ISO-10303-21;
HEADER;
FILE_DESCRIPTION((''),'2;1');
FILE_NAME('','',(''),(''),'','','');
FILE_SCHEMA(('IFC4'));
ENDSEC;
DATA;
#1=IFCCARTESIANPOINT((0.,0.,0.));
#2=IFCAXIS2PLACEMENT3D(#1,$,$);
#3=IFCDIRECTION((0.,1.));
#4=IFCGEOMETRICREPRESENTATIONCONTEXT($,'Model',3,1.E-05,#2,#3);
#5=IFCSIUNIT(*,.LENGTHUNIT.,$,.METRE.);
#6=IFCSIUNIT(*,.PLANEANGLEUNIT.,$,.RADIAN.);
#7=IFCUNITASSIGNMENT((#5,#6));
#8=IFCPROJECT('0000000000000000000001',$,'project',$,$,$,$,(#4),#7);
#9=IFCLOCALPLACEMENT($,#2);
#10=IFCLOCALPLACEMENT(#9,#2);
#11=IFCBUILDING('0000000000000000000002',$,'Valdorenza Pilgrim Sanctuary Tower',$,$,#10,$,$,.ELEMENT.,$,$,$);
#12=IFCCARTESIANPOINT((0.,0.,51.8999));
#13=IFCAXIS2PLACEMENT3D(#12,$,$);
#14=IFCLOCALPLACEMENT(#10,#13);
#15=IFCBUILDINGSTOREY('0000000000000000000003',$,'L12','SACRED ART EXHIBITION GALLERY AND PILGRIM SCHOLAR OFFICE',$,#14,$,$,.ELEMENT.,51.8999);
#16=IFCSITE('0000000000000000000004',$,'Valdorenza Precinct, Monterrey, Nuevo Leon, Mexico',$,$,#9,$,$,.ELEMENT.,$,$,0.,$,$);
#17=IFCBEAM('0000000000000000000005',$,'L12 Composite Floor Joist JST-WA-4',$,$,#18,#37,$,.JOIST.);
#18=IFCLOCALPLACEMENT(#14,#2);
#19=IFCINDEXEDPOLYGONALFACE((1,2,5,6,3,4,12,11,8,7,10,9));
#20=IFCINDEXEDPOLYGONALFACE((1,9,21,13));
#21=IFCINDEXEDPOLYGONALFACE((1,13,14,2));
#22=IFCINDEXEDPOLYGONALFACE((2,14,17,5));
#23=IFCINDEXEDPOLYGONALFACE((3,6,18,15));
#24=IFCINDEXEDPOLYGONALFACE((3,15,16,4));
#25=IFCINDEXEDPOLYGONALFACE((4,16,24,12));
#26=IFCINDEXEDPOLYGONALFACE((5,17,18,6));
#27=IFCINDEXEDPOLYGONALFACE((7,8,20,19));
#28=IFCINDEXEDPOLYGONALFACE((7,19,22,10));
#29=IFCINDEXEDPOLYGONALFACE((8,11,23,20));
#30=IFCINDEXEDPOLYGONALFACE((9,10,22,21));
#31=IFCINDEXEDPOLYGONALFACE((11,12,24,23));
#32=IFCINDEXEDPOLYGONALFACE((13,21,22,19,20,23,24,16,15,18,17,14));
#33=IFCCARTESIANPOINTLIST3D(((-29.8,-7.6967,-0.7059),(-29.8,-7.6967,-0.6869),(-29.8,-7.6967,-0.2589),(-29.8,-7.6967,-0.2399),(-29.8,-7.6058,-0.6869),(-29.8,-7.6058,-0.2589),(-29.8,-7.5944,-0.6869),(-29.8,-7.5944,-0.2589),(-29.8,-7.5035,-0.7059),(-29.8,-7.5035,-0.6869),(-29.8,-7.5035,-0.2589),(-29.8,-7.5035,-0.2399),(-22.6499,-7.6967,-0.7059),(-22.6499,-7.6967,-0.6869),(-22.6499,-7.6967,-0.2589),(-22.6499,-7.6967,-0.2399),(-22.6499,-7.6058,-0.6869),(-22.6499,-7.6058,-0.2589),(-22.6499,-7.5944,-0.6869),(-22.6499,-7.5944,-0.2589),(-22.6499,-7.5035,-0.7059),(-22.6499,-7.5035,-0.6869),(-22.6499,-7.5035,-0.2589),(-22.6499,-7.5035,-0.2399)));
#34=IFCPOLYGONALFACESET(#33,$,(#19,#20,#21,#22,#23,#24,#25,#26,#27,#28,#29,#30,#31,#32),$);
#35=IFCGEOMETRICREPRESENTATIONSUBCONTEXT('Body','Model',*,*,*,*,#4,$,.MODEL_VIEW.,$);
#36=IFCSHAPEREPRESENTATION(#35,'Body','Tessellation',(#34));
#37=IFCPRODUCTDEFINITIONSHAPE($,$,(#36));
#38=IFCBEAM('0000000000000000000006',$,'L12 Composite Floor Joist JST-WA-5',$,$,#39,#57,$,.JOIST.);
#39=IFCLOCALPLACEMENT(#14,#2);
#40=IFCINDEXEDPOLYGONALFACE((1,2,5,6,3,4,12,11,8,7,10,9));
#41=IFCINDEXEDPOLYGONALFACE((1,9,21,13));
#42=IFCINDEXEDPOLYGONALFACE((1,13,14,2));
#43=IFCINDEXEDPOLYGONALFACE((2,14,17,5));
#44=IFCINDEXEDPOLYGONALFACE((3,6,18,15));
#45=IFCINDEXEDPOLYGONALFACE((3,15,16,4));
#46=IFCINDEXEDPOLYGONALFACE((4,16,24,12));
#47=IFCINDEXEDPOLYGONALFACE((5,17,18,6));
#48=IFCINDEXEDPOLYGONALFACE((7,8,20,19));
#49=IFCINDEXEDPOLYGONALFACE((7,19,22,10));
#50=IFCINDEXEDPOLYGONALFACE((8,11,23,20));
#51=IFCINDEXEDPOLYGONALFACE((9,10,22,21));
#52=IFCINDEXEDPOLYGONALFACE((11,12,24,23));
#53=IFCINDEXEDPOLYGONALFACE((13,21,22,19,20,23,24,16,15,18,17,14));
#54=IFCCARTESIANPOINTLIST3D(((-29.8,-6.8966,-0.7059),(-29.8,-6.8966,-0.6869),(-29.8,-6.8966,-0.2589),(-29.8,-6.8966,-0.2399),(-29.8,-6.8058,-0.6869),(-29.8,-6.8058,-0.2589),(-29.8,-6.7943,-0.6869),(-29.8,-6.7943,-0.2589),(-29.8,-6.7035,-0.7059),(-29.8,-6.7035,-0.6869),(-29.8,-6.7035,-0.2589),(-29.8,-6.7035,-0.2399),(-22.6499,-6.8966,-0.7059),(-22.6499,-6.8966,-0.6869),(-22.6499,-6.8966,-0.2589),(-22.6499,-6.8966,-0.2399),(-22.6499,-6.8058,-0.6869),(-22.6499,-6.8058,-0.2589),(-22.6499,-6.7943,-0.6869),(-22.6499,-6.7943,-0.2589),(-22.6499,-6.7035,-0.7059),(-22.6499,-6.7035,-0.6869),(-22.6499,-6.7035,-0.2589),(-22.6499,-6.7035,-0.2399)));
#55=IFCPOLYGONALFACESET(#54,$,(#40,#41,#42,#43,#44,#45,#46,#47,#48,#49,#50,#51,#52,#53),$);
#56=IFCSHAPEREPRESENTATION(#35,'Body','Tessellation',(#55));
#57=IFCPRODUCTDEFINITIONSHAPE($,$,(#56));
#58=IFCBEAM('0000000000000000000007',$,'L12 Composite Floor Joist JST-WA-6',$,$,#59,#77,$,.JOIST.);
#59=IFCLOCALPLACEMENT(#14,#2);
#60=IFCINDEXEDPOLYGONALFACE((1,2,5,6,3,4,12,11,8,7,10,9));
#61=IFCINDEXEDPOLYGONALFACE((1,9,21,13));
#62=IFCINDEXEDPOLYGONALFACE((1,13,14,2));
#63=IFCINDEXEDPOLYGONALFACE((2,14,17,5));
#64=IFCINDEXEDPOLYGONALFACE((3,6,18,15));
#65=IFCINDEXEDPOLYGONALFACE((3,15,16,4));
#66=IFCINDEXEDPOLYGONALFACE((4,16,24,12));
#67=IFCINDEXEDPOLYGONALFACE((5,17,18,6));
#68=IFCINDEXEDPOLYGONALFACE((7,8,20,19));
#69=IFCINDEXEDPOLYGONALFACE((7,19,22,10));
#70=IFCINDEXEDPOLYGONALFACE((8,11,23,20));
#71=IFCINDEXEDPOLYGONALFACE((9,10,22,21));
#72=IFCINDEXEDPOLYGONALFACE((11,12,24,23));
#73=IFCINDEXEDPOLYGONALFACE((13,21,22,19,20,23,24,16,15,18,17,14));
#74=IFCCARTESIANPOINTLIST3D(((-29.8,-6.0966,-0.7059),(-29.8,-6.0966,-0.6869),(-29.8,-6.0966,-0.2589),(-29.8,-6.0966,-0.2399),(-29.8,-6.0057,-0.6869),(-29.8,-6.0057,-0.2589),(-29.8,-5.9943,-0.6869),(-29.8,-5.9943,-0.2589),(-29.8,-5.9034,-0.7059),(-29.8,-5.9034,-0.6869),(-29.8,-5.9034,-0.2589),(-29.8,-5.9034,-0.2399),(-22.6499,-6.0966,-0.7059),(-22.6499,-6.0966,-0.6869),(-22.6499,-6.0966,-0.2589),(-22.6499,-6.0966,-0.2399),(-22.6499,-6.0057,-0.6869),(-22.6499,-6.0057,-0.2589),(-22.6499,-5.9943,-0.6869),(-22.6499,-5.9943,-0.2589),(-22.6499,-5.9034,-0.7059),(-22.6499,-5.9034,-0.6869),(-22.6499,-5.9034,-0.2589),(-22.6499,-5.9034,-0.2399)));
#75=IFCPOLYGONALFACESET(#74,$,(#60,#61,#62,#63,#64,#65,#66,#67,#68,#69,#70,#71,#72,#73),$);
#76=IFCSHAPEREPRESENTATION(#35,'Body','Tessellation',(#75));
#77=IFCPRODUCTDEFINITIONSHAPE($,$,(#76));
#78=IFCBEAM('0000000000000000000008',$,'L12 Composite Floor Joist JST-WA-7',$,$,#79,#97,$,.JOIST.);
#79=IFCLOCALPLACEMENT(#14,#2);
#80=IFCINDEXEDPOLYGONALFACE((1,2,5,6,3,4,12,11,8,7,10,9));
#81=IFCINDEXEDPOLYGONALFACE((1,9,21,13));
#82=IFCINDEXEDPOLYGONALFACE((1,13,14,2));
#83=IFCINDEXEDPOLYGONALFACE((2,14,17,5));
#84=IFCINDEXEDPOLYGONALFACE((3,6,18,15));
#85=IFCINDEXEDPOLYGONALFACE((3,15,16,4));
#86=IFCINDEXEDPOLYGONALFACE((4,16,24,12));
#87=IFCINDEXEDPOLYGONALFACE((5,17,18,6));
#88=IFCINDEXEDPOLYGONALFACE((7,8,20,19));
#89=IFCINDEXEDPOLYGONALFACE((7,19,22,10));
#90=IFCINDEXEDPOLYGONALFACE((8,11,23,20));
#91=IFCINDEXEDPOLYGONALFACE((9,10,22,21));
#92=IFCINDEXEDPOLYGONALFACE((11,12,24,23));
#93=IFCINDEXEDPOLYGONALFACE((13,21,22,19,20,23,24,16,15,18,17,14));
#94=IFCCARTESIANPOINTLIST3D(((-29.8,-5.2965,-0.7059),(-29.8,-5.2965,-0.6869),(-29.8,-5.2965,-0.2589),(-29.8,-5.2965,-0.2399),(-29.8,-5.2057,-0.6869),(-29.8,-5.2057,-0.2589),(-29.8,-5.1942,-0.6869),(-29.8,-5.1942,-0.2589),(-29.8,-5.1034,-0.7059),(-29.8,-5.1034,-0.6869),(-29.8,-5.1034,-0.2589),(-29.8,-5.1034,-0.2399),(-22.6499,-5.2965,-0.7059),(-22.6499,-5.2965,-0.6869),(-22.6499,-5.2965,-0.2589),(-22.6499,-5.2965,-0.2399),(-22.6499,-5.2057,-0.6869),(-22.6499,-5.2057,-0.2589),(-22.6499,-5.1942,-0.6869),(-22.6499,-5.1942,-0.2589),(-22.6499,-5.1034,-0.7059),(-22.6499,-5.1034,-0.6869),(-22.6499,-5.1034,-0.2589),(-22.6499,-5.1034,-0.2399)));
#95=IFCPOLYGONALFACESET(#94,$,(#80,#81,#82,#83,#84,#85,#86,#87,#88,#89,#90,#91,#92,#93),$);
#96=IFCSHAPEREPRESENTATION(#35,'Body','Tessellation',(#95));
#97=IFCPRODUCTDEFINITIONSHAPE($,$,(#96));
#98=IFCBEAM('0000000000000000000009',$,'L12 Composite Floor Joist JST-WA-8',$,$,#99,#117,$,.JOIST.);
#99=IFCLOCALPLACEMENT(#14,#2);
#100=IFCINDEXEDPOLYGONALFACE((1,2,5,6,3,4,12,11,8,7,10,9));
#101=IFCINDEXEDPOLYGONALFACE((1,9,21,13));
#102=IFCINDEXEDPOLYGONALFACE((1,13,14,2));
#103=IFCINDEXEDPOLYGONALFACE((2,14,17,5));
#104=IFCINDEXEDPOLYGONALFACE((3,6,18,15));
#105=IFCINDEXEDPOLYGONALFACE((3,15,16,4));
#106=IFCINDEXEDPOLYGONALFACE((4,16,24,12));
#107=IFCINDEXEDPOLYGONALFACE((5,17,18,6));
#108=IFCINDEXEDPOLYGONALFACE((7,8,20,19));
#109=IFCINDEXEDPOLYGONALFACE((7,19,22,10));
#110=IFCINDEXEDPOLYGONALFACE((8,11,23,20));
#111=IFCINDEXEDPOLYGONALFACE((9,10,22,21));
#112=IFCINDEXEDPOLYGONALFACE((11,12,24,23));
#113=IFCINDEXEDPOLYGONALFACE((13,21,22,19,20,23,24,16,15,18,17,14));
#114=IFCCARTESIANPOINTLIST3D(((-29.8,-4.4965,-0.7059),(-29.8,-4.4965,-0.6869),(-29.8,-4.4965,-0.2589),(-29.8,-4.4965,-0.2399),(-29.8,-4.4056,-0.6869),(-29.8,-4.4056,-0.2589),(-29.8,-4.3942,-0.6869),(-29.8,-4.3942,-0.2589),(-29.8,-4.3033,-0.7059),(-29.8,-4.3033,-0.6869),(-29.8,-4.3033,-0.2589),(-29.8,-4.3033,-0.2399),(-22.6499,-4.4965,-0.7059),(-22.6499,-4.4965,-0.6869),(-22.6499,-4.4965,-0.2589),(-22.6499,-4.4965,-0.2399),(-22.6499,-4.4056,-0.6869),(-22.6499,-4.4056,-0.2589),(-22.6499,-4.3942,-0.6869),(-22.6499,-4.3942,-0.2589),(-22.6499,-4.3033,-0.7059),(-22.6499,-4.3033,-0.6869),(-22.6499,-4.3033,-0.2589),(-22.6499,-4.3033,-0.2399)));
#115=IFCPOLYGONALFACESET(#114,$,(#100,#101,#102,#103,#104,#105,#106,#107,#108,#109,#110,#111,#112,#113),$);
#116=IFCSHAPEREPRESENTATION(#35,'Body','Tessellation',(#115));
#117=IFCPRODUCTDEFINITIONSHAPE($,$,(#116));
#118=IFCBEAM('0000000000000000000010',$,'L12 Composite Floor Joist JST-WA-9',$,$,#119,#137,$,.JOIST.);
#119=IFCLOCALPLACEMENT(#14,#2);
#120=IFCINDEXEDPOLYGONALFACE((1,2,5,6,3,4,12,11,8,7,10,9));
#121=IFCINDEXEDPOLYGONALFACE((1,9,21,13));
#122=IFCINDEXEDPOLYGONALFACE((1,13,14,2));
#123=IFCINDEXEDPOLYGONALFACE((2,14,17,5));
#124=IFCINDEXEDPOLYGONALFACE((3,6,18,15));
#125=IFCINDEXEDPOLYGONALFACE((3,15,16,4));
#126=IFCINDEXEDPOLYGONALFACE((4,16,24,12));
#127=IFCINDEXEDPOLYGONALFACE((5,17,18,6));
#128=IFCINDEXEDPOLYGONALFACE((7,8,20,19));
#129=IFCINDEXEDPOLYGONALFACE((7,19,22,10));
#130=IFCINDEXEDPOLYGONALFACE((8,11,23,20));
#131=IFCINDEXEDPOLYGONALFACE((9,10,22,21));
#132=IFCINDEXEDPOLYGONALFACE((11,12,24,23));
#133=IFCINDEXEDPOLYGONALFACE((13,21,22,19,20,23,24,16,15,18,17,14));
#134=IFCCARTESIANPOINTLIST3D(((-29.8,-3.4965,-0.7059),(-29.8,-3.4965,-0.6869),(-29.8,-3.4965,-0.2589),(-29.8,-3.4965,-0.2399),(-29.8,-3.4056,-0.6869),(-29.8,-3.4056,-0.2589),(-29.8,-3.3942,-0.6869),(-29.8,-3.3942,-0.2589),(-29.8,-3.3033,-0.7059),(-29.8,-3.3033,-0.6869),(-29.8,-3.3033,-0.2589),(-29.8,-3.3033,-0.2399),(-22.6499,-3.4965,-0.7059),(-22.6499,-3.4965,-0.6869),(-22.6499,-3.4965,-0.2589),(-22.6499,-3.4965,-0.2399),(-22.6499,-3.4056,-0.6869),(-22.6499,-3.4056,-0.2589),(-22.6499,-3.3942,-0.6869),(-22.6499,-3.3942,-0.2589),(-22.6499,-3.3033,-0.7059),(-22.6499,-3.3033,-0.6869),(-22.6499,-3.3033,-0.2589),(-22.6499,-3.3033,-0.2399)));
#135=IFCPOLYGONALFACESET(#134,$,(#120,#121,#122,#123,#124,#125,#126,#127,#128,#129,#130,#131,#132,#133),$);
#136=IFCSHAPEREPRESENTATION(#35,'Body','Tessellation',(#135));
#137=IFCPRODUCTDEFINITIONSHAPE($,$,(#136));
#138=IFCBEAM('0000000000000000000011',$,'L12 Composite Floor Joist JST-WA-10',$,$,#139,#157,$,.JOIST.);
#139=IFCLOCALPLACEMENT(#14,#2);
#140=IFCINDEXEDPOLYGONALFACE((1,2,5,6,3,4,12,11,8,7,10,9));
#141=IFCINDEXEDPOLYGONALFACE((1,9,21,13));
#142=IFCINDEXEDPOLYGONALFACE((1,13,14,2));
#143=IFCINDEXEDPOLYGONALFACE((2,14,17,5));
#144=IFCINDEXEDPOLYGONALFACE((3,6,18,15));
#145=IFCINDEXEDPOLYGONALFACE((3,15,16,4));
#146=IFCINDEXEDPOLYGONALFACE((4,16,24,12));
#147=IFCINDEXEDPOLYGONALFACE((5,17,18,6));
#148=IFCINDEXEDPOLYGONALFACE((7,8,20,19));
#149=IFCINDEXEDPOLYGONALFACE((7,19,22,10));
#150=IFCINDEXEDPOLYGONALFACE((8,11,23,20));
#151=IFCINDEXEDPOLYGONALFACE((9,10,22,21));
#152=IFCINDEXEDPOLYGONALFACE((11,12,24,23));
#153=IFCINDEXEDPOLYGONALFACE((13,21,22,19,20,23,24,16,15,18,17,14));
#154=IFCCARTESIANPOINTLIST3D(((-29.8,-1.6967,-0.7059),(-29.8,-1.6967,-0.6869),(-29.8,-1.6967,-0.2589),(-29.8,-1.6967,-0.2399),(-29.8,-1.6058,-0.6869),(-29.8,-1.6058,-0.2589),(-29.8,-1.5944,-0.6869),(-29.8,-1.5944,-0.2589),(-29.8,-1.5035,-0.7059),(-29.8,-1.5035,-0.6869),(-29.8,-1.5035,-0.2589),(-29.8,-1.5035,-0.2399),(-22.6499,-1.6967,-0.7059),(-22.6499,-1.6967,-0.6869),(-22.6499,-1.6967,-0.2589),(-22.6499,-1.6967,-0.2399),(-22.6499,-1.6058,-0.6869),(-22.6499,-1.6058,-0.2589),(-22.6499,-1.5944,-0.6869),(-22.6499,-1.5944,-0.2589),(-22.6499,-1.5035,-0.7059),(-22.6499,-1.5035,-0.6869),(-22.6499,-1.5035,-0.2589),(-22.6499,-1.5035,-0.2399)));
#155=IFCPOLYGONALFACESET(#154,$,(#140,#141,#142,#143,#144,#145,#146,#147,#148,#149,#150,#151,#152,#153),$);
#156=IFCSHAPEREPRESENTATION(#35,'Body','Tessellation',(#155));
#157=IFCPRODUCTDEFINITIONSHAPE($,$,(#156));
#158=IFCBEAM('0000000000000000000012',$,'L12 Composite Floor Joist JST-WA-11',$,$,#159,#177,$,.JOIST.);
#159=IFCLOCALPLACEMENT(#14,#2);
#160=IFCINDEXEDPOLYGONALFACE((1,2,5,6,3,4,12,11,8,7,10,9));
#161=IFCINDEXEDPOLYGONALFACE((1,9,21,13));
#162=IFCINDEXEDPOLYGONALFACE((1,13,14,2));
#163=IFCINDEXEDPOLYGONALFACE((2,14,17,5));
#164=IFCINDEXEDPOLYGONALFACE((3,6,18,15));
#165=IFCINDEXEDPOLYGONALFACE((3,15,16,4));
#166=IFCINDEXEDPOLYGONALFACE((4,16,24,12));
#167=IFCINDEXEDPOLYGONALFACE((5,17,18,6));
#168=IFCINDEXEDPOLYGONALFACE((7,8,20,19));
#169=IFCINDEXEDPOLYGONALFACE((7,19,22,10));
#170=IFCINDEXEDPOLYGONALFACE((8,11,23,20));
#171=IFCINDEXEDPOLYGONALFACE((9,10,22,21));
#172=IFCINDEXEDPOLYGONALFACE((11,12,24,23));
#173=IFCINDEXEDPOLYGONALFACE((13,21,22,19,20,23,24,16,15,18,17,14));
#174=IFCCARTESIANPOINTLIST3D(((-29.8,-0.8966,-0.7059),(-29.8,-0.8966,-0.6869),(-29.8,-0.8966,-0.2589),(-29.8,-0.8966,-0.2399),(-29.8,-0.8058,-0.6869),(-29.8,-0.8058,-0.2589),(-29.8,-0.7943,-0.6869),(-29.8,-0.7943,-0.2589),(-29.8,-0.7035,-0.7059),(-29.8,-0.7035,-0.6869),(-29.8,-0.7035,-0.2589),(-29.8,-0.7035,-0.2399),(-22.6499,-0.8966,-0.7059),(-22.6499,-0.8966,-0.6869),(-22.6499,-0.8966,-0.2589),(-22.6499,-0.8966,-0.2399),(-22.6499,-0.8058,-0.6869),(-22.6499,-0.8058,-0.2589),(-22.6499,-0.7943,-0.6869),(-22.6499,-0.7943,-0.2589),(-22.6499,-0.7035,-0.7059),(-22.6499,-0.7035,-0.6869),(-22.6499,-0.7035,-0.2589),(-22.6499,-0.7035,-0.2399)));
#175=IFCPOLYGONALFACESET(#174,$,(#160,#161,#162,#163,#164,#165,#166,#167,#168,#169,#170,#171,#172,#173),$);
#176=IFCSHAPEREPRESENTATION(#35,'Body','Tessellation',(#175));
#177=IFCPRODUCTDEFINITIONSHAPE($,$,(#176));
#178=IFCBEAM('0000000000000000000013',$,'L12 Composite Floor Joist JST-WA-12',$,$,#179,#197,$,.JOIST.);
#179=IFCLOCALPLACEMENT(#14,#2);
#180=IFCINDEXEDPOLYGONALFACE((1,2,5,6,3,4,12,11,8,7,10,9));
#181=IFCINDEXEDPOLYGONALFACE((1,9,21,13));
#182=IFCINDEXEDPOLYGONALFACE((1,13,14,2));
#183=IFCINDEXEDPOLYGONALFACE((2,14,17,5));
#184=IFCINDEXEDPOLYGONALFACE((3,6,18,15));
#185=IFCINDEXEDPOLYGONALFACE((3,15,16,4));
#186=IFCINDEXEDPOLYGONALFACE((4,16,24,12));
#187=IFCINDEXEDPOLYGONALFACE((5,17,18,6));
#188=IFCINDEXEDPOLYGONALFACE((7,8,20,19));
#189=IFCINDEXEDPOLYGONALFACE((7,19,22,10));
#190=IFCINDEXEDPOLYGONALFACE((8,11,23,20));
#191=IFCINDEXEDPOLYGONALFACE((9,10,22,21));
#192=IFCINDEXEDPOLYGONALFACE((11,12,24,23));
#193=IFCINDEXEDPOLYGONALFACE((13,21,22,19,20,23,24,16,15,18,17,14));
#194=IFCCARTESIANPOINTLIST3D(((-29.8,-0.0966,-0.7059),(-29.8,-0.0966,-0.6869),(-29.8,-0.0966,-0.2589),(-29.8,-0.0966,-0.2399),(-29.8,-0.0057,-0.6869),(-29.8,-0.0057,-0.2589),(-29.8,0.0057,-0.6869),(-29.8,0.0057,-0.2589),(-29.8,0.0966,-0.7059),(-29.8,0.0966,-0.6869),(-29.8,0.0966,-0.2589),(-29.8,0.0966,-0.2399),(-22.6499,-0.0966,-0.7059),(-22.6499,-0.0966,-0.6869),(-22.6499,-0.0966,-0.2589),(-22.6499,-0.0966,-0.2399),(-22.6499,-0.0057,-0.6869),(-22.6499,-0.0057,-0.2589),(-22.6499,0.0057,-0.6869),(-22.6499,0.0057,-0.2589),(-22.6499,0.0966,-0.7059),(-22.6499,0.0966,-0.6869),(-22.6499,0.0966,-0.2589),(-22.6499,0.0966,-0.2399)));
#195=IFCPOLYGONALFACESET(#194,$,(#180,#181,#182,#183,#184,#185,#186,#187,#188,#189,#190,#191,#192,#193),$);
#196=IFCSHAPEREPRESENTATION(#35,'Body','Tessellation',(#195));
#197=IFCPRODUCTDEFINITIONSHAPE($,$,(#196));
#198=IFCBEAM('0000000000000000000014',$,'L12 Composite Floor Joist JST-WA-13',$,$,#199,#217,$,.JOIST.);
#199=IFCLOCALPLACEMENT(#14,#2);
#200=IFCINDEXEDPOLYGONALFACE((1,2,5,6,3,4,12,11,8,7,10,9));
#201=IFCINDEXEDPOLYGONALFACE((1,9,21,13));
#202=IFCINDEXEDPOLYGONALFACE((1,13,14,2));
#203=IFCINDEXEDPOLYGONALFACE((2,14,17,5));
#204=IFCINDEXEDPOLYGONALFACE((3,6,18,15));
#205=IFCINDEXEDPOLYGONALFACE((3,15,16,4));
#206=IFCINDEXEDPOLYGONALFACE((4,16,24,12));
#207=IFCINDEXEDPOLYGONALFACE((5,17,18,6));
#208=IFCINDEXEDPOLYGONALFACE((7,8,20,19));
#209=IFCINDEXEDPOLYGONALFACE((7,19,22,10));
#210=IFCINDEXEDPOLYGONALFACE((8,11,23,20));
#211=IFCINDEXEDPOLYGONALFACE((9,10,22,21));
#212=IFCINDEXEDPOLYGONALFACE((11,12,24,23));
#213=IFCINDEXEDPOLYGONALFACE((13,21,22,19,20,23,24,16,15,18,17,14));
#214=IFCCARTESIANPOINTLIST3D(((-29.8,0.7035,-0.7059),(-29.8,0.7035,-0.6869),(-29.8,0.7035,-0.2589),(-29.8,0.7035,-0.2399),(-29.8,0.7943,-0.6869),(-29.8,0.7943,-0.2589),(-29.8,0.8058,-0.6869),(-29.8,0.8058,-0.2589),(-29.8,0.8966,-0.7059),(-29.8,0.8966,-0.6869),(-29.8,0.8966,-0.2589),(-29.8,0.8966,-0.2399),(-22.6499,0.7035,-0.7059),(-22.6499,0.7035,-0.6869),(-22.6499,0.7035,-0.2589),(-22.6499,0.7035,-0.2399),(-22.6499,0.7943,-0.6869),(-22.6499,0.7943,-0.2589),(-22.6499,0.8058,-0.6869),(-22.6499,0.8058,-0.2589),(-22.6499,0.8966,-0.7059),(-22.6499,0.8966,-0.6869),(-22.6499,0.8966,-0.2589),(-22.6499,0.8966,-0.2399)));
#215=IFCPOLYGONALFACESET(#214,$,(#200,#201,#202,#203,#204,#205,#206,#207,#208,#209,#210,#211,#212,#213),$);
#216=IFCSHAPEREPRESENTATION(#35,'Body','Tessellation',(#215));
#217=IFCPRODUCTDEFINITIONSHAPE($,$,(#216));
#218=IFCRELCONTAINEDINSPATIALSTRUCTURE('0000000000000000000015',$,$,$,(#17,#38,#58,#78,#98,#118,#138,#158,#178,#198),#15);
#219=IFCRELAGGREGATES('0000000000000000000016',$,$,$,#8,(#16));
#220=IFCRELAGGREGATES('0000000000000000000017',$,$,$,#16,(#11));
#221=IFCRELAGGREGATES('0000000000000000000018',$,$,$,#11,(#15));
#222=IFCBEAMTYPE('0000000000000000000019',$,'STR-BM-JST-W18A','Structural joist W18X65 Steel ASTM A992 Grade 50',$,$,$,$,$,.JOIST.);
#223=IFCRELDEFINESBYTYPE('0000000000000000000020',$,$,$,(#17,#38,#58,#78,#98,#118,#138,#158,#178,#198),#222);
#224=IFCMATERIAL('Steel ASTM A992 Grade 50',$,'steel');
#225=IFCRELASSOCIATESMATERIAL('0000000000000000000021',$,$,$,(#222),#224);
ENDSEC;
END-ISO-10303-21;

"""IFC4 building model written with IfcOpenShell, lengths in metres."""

from ifc_helpers import new_model, si_unit, direction, frame, origin, origin_2d, place, context, subcontext, project, spatial, i_section, extrude, source, transform, mapped, material, material_profile, profile_set, type_object, element, save


model = new_model("IFC4")

# Units and contexts
model_context = context("Model", 3, precision=1e-05, world=origin(), true_north=direction((0.0, 1.0)))
body_context = subcontext(model_context, "Body", "Model", "MODEL_VIEW")
ifc_project = project(units=[si_unit("LENGTHUNIT", "METRE"), si_unit("PLANEANGLEUNIT", "RADIAN")], contexts=[model_context])

# Site, building, storey
site_placement = place(None, origin())
site = spatial("IfcSite", under=ifc_project, at=site_placement, Name="Valdorenza Precinct, Monterrey, Nuevo Leon, Mexico", CompositionType="ELEMENT", RefElevation=0.0)
building_placement = place(site_placement, origin())
building = spatial("IfcBuilding", under=site, at=building_placement, Name="Valdorenza Pilgrim Sanctuary Tower", CompositionType="ELEMENT")
storey_placement = place(building_placement, frame((0.0, 0.0, 51.8999)))
storey = spatial("IfcBuildingStorey", under=building, at=storey_placement, Name="L12", Description="SACRED ART EXHIBITION GALLERY AND PILGRIM SCHOLAR OFFICE", CompositionType="ELEMENT", Elevation=51.8999)

# Beams
ifc_material_1 = material(Name="Steel ASTM A992 Grade 50", Category="steel")
ifc_material_profile_1 = material_profile(ifc_material_1, i_section(OverallWidth=0.1931, OverallDepth=0.4661, WebThickness=0.0115, FlangeThickness=0.019, at=origin_2d()), Name="W18X65")
ifc_profile_set_1 = profile_set([ifc_material_profile_1], Name="Steel ASTM A992 Grade 50")
beam_type_1 = type_object("IfcBeamType", Name="STR-BM-JST-W18A", Description="Structural joist W18X65 Steel ASTM A992 Grade 50", PredefinedType="JOIST", material=ifc_profile_set_1)
shared_shape_1 = source(origin(), body_context, "Body", "SweptSolid", [
    extrude(i_section(OverallWidth=0.1931, OverallDepth=0.4661, WebThickness=0.0115, FlangeThickness=0.019, at=origin_2d()), origin(), (0.0, 0.0, 1.0), 7.1501),
])
for number, where, z_axis, x_axis, name in (
    (1, (-29.8, -7.6001, -0.4729), (1.0, 0.0, 0.0), (0.0, 1.0, 0.0), "L12 Composite Floor Joist JST-WA-4"),
    (2, (-29.8, -6.8, -0.4729), (1.0, 0.0, 0.0), (0.0, 1.0, 0.0), "L12 Composite Floor Joist JST-WA-5"),
    (3, (-29.8, -6.0, -0.4729), (1.0, 0.0, 0.0), (0.0, 1.0, 0.0), "L12 Composite Floor Joist JST-WA-6"),
    (4, (-29.8, -5.2, -0.4729), (1.0, 0.0, 0.0), (0.0, 1.0, 0.0), "L12 Composite Floor Joist JST-WA-7"),
    (5, (-29.8, -4.3999, -0.4729), (1.0, 0.0, 0.0), (0.0, 1.0, 0.0), "L12 Composite Floor Joist JST-WA-8"),
    (6, (-29.8, -3.3999, -0.4729), (1.0, 0.0, 0.0), (0.0, 1.0, 0.0), "L12 Composite Floor Joist JST-WA-9"),
    (7, (-29.8, -1.6001, -0.4729), (1.0, 0.0, 0.0), (0.0, 1.0, 0.0), "L12 Composite Floor Joist JST-WA-10"),
    (8, (-29.8, -0.8, -0.4729), (1.0, 0.0, 0.0), (0.0, 1.0, 0.0), "L12 Composite Floor Joist JST-WA-11"),
    (9, (-29.8, 0.0, -0.4729), (1.0, 0.0, 0.0), (0.0, 1.0, 0.0), "L12 Composite Floor Joist JST-WA-12"),
    (10, (-29.8, 0.8, -0.4729), (1.0, 0.0, 0.0), (0.0, 1.0, 0.0), "L12 Composite Floor Joist JST-WA-13"),
):
    element("IfcBeam", number, at=place(storey_placement, frame(where, z_axis=z_axis, x_axis=x_axis)), inside=storey, type_object=beam_type_1, Name=name, PredefinedType="JOIST", context=body_context, shape_type="MappedRepresentation", body=[
        mapped(shared_shape_1, transform((0.0, 0.0, 0.0), x_axis=(1.0, 0.0, 0.0), y_axis=(0.0, 1.0, 0.0), z_axis=(0.0, 0.0, 1.0), scale=1.0)),
    ])

save(model, "model.ifc")
